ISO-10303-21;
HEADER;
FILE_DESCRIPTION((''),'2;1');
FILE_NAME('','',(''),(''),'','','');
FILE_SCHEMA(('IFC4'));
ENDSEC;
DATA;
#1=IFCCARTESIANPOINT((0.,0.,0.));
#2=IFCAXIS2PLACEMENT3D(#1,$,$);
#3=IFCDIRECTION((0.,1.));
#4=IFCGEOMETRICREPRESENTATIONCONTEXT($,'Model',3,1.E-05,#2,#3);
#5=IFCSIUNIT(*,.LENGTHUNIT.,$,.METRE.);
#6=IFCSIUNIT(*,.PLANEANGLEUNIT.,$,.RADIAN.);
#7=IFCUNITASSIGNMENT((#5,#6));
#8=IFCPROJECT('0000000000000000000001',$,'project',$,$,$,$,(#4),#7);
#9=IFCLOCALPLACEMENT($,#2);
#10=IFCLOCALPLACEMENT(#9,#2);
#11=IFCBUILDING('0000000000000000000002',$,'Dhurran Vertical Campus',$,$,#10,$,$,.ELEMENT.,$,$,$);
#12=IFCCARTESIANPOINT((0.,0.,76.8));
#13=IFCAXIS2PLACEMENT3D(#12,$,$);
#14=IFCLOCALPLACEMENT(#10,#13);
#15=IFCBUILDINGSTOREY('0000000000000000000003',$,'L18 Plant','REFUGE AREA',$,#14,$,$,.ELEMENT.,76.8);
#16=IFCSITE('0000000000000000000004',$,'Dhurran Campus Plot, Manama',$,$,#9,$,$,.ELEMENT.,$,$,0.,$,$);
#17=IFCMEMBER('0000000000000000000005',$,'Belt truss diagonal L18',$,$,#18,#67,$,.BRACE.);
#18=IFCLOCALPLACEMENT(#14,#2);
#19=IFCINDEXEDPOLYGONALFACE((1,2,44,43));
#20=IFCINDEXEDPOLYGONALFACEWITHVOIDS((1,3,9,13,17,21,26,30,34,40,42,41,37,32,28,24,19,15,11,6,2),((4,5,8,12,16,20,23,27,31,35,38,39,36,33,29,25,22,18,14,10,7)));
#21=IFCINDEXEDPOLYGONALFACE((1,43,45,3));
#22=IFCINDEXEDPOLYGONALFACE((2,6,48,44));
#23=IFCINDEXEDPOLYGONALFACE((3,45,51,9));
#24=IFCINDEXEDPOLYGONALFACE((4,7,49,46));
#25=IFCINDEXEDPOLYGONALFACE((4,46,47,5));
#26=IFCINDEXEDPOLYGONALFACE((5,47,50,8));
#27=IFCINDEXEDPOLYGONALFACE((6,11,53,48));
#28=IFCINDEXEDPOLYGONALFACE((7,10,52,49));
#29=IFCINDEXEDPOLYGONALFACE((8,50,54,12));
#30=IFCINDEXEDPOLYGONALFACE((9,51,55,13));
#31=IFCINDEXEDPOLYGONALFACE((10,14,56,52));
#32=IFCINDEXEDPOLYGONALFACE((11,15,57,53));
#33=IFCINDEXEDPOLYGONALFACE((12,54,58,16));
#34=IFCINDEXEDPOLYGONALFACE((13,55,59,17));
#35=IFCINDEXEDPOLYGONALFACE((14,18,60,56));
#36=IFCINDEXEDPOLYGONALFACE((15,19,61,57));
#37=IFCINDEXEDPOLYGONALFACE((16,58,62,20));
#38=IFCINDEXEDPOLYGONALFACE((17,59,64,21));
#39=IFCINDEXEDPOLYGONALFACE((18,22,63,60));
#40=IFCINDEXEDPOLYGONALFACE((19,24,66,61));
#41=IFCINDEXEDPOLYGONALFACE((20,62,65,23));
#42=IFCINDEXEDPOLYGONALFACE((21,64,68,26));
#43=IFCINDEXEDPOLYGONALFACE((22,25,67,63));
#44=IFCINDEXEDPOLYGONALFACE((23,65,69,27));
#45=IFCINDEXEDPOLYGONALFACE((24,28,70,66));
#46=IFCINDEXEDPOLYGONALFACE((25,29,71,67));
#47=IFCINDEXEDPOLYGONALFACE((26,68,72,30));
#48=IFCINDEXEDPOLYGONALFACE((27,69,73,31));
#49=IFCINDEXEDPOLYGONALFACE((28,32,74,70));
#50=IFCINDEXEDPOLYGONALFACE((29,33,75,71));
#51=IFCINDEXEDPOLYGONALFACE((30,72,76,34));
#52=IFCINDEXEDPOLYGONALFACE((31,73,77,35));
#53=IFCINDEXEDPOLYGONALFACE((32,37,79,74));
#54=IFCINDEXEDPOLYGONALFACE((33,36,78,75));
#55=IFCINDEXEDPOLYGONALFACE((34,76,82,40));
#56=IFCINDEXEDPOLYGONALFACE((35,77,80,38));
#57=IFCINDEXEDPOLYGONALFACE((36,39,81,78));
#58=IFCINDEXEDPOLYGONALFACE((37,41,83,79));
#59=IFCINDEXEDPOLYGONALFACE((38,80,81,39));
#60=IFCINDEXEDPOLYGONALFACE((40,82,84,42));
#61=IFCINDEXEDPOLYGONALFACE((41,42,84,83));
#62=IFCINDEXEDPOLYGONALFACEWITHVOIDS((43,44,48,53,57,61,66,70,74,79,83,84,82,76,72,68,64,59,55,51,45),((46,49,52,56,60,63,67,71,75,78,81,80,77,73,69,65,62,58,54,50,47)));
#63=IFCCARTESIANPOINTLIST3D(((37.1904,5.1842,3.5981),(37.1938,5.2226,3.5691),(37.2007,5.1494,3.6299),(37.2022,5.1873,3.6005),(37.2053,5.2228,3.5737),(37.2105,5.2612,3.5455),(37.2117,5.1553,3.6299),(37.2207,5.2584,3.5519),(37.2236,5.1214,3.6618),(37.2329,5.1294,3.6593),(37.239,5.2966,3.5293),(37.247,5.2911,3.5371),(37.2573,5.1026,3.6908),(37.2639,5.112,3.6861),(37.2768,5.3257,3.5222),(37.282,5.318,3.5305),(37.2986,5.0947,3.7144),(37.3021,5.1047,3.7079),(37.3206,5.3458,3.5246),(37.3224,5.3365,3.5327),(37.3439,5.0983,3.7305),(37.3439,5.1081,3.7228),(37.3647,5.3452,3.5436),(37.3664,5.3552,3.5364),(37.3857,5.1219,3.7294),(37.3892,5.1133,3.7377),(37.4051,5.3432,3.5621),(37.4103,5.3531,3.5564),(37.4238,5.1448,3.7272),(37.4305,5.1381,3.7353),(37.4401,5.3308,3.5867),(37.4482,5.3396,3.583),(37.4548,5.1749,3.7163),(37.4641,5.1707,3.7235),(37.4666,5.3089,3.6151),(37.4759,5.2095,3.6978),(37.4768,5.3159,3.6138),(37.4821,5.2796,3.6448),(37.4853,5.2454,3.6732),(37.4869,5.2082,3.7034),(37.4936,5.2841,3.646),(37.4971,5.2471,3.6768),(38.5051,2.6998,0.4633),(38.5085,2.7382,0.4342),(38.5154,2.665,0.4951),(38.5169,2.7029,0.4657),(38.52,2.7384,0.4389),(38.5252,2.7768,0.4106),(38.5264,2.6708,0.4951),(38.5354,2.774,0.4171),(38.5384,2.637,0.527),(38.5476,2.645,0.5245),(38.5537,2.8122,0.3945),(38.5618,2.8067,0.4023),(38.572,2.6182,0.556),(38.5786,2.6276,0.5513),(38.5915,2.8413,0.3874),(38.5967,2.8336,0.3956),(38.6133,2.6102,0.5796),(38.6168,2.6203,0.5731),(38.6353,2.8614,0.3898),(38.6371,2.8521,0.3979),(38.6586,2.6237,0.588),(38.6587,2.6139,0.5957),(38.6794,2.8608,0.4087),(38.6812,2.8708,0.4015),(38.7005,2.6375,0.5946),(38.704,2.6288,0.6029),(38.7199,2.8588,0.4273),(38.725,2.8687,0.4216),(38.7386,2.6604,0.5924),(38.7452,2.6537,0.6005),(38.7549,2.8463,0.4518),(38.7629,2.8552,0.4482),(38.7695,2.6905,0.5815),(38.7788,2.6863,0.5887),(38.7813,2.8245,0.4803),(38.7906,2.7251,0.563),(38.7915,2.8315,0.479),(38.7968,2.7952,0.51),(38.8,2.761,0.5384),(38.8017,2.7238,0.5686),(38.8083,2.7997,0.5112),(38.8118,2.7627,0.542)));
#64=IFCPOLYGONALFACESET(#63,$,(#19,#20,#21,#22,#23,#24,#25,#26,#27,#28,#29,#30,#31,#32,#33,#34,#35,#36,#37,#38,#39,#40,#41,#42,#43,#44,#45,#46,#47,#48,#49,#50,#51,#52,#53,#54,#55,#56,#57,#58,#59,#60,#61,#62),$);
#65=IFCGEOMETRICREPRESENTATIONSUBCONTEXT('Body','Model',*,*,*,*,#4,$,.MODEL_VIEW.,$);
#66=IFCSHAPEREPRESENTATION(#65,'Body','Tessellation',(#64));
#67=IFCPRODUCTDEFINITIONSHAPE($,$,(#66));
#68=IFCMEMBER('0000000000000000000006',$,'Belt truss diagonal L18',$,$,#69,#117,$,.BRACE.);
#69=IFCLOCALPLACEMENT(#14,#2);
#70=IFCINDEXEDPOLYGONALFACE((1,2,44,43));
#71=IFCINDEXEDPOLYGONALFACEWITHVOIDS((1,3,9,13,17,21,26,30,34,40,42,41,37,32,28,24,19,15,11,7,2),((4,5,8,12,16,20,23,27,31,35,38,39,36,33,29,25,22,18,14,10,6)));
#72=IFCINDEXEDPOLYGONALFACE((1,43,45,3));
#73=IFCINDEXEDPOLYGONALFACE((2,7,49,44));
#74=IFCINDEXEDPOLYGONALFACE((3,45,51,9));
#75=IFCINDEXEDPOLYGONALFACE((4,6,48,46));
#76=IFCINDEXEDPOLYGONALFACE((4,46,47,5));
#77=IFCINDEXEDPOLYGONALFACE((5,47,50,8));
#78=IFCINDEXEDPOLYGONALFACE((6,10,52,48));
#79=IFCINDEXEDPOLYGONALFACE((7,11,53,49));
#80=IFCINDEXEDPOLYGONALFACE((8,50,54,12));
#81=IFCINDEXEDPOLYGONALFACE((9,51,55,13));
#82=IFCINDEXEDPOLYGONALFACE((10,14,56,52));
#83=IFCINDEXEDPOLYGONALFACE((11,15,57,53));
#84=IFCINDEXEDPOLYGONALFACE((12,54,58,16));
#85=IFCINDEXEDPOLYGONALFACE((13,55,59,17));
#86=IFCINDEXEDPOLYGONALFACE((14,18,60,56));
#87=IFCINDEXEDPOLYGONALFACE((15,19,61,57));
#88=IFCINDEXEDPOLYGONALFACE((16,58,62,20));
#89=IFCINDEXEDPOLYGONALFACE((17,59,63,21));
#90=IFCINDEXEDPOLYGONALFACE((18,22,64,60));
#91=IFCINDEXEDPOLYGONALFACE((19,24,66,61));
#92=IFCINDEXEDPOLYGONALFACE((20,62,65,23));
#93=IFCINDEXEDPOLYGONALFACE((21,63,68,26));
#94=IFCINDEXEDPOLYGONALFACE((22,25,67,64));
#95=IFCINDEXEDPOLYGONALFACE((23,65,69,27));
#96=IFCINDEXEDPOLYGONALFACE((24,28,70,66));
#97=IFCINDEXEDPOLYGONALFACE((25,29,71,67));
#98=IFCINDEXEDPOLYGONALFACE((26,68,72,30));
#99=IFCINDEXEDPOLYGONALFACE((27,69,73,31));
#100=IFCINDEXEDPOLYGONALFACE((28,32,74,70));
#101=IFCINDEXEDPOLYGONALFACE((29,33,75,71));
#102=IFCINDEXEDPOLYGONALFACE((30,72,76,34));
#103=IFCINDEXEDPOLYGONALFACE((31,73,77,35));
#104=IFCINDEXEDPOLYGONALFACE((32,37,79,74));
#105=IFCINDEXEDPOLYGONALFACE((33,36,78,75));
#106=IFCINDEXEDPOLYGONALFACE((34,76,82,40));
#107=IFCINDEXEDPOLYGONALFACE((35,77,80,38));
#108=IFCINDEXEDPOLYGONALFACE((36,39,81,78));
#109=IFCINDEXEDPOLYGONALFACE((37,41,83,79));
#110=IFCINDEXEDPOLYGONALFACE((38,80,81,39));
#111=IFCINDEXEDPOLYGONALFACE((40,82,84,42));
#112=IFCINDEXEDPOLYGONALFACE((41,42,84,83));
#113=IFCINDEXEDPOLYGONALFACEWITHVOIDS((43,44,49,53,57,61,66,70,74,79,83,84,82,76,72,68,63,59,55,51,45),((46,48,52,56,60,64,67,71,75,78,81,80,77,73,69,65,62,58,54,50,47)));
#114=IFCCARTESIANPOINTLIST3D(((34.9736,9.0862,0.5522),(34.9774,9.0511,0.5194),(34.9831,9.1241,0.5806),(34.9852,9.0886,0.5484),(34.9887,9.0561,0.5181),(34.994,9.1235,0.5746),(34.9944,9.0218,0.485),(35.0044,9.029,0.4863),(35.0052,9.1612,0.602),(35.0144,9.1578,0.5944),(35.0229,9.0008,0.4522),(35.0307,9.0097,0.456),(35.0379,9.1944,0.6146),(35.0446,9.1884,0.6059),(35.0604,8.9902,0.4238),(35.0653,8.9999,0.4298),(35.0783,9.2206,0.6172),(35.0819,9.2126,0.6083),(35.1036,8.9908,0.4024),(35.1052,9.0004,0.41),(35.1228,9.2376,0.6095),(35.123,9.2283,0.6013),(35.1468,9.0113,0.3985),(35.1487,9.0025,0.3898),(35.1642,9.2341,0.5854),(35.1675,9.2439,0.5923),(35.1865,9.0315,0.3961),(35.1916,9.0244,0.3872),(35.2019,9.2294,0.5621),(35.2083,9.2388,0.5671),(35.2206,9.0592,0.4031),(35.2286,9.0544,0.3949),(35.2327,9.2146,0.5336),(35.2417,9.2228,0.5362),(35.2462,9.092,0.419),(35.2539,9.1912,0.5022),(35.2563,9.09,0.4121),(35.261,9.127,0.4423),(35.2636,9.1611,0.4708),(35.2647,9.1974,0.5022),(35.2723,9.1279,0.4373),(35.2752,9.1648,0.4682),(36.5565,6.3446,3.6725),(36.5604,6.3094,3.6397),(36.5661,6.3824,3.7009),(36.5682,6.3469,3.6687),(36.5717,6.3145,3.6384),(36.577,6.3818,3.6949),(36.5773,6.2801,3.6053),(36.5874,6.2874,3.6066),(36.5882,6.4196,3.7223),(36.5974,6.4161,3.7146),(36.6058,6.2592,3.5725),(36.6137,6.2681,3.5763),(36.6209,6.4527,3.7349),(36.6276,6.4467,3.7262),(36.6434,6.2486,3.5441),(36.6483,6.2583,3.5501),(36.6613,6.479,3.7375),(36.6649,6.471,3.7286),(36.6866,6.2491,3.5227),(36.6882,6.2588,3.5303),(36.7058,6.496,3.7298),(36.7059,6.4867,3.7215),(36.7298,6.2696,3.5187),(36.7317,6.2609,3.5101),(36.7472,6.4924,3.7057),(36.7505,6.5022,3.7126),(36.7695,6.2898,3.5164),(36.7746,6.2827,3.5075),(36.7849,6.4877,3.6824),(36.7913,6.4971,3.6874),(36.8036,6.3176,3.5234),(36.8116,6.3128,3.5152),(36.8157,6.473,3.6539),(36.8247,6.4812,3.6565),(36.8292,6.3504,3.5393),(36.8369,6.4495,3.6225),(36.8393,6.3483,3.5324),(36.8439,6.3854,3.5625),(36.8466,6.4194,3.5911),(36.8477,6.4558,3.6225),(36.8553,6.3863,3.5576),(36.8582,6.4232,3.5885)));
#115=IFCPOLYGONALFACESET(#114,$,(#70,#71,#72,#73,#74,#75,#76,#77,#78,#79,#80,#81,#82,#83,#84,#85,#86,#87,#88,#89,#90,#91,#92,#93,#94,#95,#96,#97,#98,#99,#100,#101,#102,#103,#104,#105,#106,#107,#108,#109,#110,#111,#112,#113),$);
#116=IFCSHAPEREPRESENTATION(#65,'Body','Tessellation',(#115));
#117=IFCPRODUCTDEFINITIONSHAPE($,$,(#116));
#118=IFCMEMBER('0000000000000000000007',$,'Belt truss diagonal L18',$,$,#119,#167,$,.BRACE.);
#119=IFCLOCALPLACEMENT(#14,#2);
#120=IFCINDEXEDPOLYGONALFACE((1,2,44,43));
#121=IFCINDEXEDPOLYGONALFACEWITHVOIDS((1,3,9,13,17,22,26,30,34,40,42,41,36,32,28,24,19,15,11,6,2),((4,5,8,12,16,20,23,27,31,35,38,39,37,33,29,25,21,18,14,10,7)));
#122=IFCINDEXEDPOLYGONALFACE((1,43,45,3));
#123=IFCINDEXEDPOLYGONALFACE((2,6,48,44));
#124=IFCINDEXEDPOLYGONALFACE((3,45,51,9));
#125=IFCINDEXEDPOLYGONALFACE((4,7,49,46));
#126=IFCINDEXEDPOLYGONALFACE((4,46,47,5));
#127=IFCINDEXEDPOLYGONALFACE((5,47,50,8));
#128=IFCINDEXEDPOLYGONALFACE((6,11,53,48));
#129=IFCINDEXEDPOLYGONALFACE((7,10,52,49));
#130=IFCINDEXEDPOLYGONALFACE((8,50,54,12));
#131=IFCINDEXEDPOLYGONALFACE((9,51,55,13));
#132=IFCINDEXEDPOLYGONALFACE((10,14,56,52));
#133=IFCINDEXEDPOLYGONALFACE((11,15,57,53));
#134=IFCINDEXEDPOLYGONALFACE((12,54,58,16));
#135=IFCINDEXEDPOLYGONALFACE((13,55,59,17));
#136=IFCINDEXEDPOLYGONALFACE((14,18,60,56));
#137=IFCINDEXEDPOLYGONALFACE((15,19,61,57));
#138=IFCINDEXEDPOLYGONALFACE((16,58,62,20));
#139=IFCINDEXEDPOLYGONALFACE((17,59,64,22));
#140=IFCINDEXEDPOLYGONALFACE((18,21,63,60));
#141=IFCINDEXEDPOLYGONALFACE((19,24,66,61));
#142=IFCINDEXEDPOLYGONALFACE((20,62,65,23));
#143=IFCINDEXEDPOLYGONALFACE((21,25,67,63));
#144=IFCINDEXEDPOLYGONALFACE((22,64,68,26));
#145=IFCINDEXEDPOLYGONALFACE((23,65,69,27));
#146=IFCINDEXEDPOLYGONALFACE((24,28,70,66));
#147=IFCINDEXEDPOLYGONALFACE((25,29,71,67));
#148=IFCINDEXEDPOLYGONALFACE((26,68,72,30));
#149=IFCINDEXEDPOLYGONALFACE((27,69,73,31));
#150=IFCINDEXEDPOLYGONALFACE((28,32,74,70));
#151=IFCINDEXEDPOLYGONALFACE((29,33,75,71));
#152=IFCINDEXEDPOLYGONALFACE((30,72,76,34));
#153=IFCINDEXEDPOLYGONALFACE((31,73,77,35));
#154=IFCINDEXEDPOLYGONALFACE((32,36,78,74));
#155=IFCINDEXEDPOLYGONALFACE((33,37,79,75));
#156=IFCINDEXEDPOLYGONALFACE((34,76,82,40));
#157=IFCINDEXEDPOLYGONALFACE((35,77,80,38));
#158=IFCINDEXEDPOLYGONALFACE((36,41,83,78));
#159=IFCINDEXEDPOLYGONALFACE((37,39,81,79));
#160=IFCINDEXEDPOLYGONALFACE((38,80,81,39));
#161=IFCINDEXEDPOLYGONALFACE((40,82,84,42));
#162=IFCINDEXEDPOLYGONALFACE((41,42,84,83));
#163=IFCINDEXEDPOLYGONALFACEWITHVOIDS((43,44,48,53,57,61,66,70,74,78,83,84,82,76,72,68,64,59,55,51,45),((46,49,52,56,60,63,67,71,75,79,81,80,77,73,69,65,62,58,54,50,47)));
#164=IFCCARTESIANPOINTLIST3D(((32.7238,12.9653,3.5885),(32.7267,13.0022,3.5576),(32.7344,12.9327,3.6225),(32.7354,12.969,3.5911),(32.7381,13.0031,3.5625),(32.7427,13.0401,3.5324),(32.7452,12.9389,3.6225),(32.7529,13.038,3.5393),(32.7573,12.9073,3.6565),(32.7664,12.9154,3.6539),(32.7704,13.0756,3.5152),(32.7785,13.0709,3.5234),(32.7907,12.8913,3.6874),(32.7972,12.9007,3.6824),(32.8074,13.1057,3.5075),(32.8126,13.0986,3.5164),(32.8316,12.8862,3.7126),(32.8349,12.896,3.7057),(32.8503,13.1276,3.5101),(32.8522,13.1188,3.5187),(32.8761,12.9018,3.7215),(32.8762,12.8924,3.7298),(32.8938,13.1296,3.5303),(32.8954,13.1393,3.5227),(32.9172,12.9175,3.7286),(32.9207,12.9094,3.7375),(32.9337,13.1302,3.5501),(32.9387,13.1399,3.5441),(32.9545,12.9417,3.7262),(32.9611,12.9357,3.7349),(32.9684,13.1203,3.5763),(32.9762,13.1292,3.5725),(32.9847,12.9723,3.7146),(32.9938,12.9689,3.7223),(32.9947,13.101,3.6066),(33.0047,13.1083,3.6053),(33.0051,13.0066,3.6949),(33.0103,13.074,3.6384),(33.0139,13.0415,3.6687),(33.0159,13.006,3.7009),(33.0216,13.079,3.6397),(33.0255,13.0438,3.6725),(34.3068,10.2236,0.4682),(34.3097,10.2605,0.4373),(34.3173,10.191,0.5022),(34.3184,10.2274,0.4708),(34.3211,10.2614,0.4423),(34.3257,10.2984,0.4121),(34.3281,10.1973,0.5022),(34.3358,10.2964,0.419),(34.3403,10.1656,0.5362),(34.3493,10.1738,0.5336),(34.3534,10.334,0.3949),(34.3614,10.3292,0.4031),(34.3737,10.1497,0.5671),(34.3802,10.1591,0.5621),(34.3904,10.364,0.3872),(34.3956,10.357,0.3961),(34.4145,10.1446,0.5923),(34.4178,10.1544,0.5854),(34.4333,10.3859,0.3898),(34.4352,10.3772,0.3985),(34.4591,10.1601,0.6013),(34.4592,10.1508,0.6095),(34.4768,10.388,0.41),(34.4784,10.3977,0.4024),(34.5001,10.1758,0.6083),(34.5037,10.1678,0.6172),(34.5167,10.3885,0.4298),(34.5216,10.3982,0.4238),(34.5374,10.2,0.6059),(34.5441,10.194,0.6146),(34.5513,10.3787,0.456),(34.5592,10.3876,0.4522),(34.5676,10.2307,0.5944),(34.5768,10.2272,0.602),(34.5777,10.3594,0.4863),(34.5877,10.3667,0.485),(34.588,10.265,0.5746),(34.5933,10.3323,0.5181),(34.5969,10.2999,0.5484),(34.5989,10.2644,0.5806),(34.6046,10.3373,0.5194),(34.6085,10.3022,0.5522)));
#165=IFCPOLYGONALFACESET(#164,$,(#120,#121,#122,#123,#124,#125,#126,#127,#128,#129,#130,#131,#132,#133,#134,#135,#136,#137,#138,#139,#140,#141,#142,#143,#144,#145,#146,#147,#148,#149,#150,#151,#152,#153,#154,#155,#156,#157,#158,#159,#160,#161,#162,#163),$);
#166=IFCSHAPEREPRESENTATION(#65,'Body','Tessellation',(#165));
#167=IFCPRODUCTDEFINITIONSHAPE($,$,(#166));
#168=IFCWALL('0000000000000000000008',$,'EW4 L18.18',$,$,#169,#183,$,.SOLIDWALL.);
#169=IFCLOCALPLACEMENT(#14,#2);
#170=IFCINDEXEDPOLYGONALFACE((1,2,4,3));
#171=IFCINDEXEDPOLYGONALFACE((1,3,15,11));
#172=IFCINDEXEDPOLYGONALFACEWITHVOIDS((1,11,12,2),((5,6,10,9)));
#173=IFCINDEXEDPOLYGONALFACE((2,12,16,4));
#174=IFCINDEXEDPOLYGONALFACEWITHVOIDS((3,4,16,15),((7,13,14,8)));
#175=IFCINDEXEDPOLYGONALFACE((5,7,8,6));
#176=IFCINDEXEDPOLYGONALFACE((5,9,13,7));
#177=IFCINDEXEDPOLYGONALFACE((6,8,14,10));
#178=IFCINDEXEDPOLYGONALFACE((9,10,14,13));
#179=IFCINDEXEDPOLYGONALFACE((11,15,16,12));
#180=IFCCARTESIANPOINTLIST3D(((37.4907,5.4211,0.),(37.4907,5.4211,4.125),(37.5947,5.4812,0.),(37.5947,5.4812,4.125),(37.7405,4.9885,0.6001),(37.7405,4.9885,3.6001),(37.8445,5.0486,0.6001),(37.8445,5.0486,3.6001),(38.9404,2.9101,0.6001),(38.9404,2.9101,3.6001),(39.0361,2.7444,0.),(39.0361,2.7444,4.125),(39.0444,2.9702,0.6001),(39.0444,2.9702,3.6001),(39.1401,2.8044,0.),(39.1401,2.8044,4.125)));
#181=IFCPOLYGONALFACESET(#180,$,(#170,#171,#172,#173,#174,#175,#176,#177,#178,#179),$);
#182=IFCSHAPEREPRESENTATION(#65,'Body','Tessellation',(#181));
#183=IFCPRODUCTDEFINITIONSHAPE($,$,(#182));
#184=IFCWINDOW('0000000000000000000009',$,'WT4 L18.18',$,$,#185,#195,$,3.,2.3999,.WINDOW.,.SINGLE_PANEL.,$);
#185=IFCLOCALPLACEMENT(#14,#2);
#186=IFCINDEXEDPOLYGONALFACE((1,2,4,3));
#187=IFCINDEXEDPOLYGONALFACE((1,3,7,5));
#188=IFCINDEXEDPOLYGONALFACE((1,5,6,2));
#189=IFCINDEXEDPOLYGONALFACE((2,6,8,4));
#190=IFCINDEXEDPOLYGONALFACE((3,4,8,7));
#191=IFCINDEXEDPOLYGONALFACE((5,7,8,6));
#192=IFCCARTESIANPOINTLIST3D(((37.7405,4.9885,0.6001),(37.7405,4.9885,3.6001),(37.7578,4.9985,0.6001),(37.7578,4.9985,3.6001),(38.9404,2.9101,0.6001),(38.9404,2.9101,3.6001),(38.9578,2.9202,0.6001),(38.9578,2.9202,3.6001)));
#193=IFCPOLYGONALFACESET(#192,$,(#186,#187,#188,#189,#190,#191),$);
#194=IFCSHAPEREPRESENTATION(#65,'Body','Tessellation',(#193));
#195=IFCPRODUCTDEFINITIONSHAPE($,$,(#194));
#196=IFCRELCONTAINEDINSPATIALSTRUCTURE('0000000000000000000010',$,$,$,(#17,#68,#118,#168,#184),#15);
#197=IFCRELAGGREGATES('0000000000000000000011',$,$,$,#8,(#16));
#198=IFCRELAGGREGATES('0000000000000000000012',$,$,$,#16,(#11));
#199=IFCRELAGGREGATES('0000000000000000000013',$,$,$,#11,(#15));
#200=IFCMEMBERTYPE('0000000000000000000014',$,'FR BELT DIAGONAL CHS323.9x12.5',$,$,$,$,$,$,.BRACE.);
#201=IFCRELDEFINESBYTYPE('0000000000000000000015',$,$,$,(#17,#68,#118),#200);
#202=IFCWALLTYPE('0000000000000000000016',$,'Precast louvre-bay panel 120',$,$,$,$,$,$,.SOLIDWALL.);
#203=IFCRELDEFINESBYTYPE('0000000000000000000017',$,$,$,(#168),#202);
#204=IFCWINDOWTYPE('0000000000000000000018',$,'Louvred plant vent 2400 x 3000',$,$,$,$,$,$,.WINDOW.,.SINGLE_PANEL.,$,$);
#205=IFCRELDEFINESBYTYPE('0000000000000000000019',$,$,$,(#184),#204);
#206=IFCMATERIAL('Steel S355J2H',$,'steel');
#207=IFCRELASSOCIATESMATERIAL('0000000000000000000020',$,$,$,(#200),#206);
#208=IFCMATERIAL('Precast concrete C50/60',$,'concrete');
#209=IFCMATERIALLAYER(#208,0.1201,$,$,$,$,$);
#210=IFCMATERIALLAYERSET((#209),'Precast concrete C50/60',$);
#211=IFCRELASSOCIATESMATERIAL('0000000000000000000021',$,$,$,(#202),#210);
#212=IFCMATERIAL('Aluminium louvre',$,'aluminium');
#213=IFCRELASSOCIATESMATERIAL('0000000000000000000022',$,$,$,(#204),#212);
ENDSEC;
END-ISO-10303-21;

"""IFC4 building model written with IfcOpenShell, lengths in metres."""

from ifc_helpers import new_model, si_unit, direction, frame, frame_2d, origin, origin_2d, place, context, subcontext, project, spatial, rectangle, hollow_circle, extrude, material, layer, layer_set, material_profile, profile_set, type_object, element, fill, save


model = new_model("IFC4")

# Units and contexts
model_context = context("Model", 3, precision=1e-05, world=origin(), true_north=direction((0.0, 1.0)))
body_context = subcontext(model_context, "Body", "Model", "MODEL_VIEW")
ifc_project = project(units=[si_unit("LENGTHUNIT", "METRE"), si_unit("PLANEANGLEUNIT", "RADIAN")], contexts=[model_context])

# Site, building, storey
site_placement = place(None, origin())
site = spatial("IfcSite", under=ifc_project, at=site_placement, Name="Dhurran Campus Plot, Manama", CompositionType="ELEMENT", RefElevation=0.0)
building_placement = place(site_placement, origin())
building = spatial("IfcBuilding", under=site, at=building_placement, Name="Dhurran Vertical Campus", CompositionType="ELEMENT")
storey_placement = place(building_placement, frame((0.0, 0.0, 76.8)))
storey = spatial("IfcBuildingStorey", under=building, at=storey_placement, Name="L18 Plant", Description="REFUGE AREA", CompositionType="ELEMENT", Elevation=76.8)

# Members
ifc_material_1 = material(Name="Steel S355J2H", Category="steel")
ifc_material_profile_1 = material_profile(ifc_material_1, hollow_circle(Radius=0.1619, WallThickness=0.0125, at=origin_2d()), Name="CHS323.9x12.5")
ifc_profile_set_1 = profile_set([ifc_material_profile_1], Name="Steel S355J2H")
member_type = type_object("IfcMemberType", Name="FR BELT DIAGONAL CHS323.9x12.5", PredefinedType="BRACE", material=ifc_profile_set_1)
member_1_placement = place(storey_placement, frame((38.6584, 2.7407, 0.4951), z_axis=(-0.312251, 0.59006, 0.744533), x_axis=(-0.88387, -0.467732, 0.0)))
element("IfcMember", 1, at=member_1_placement, inside=storey, type_object=member_type, Name="Belt truss diagonal L18", PredefinedType="BRACE", context=body_context, shape_type="SweptSolid", body=[
    extrude(hollow_circle(Radius=0.1619, WallThickness=0.0125, at=origin_2d()), origin(), (0.0, 0.0, 1.0), 4.2104),
])
for number, where, z_axis, x_axis, name in (
    (2, (35.1245, 9.1165, 0.5022), (0.356119, -0.616782, 0.701968), (0.866013, 0.500021, 0.0), "Belt truss diagonal L18"),
    (3, (34.4575, 10.272, 0.5022), (-0.356119, 0.616782, 0.701968), (-0.866013, -0.500021, 0.0), "Belt truss diagonal L18"),
):
    element("IfcMember", number, at=place(storey_placement, frame(where, z_axis=z_axis, x_axis=x_axis)), inside=storey, type_object=member_type, Name=name, PredefinedType="BRACE", context=body_context, shape_type="SweptSolid", body=[
        extrude(hollow_circle(Radius=0.1619, WallThickness=0.0125, at=origin_2d()), origin(), (0.0, 0.0, 1.0), 4.4451),
    ])

# Wall, opening, window
ifc_material_2 = material(Name="Precast concrete C50/60", Category="concrete")
ifc_layer_1 = layer(ifc_material_2, 0.1201)
ifc_layer_set_1 = layer_set([ifc_layer_1], Name="Precast concrete C50/60")
wall_type_1 = type_object("IfcWallType", Name="Precast louvre-bay panel 120", PredefinedType="SOLIDWALL", material=ifc_layer_set_1)
wall_1_placement = place(storey_placement, frame((39.0881, 2.7744, 0.0), z_axis=(0.0, 0.0, 1.0), x_axis=(-0.499996, 0.866028, 0.0)))
wall_1 = element("IfcWall", 4, at=wall_1_placement, inside=storey, type_object=wall_type_1, Name="EW4 L18.18", PredefinedType="SOLIDWALL", context=body_context, shape_type="SweptSolid", body=[
    extrude(rectangle(XDim=3.0908, YDim=0.1201, at=frame_2d((1.5454, 0.0))), origin(), (0.0, 0.0, 1.0), 4.125),
])
opening_1_placement = place(wall_1_placement, frame((0.1914, 0.0, 0.6001)))
opening_1 = element("IfcOpeningElement", 5, at=opening_1_placement, cuts=wall_1, PredefinedType="OPENING", context=body_context, shape_type="SweptSolid", body=[
    extrude(rectangle(XDim=2.3999, YDim=3.0, at=frame_2d((1.2, 1.5))), frame((0.0, 0.0701, 0.0), z_axis=(0.0, -1.0, 0.0), x_axis=(1.0, 0.0, 0.0)), (0.0, 0.0, 1.0), 0.1401),
])
ifc_material_3 = material(Name="Aluminium louvre", Category="aluminium")
window_type = type_object("IfcWindowType", Name="Louvred plant vent 2400 x 3000", PartitioningType="SINGLE_PANEL", PredefinedType="WINDOW", material=ifc_material_3)
window_1_placement = place(opening_1_placement, origin())
window_1 = element("IfcWindow", 6, at=window_1_placement, inside=storey, type_object=window_type, Name="WT4 L18.18", OverallHeight=3.0, OverallWidth=2.3999, PartitioningType="SINGLE_PANEL", PredefinedType="WINDOW", context=body_context, shape_type="SweptSolid", body=[
    extrude(rectangle(XDim=2.3999, YDim=3.0, at=frame_2d((1.2, 1.5))), frame((0.0, 0.0601, 0.0), z_axis=(0.0, -1.0, 0.0), x_axis=(1.0, 0.0, 0.0)), (0.0, 0.0, 1.0), 0.02),
])
fill(opening_1, window_1)

save(model, "model.ifc")
